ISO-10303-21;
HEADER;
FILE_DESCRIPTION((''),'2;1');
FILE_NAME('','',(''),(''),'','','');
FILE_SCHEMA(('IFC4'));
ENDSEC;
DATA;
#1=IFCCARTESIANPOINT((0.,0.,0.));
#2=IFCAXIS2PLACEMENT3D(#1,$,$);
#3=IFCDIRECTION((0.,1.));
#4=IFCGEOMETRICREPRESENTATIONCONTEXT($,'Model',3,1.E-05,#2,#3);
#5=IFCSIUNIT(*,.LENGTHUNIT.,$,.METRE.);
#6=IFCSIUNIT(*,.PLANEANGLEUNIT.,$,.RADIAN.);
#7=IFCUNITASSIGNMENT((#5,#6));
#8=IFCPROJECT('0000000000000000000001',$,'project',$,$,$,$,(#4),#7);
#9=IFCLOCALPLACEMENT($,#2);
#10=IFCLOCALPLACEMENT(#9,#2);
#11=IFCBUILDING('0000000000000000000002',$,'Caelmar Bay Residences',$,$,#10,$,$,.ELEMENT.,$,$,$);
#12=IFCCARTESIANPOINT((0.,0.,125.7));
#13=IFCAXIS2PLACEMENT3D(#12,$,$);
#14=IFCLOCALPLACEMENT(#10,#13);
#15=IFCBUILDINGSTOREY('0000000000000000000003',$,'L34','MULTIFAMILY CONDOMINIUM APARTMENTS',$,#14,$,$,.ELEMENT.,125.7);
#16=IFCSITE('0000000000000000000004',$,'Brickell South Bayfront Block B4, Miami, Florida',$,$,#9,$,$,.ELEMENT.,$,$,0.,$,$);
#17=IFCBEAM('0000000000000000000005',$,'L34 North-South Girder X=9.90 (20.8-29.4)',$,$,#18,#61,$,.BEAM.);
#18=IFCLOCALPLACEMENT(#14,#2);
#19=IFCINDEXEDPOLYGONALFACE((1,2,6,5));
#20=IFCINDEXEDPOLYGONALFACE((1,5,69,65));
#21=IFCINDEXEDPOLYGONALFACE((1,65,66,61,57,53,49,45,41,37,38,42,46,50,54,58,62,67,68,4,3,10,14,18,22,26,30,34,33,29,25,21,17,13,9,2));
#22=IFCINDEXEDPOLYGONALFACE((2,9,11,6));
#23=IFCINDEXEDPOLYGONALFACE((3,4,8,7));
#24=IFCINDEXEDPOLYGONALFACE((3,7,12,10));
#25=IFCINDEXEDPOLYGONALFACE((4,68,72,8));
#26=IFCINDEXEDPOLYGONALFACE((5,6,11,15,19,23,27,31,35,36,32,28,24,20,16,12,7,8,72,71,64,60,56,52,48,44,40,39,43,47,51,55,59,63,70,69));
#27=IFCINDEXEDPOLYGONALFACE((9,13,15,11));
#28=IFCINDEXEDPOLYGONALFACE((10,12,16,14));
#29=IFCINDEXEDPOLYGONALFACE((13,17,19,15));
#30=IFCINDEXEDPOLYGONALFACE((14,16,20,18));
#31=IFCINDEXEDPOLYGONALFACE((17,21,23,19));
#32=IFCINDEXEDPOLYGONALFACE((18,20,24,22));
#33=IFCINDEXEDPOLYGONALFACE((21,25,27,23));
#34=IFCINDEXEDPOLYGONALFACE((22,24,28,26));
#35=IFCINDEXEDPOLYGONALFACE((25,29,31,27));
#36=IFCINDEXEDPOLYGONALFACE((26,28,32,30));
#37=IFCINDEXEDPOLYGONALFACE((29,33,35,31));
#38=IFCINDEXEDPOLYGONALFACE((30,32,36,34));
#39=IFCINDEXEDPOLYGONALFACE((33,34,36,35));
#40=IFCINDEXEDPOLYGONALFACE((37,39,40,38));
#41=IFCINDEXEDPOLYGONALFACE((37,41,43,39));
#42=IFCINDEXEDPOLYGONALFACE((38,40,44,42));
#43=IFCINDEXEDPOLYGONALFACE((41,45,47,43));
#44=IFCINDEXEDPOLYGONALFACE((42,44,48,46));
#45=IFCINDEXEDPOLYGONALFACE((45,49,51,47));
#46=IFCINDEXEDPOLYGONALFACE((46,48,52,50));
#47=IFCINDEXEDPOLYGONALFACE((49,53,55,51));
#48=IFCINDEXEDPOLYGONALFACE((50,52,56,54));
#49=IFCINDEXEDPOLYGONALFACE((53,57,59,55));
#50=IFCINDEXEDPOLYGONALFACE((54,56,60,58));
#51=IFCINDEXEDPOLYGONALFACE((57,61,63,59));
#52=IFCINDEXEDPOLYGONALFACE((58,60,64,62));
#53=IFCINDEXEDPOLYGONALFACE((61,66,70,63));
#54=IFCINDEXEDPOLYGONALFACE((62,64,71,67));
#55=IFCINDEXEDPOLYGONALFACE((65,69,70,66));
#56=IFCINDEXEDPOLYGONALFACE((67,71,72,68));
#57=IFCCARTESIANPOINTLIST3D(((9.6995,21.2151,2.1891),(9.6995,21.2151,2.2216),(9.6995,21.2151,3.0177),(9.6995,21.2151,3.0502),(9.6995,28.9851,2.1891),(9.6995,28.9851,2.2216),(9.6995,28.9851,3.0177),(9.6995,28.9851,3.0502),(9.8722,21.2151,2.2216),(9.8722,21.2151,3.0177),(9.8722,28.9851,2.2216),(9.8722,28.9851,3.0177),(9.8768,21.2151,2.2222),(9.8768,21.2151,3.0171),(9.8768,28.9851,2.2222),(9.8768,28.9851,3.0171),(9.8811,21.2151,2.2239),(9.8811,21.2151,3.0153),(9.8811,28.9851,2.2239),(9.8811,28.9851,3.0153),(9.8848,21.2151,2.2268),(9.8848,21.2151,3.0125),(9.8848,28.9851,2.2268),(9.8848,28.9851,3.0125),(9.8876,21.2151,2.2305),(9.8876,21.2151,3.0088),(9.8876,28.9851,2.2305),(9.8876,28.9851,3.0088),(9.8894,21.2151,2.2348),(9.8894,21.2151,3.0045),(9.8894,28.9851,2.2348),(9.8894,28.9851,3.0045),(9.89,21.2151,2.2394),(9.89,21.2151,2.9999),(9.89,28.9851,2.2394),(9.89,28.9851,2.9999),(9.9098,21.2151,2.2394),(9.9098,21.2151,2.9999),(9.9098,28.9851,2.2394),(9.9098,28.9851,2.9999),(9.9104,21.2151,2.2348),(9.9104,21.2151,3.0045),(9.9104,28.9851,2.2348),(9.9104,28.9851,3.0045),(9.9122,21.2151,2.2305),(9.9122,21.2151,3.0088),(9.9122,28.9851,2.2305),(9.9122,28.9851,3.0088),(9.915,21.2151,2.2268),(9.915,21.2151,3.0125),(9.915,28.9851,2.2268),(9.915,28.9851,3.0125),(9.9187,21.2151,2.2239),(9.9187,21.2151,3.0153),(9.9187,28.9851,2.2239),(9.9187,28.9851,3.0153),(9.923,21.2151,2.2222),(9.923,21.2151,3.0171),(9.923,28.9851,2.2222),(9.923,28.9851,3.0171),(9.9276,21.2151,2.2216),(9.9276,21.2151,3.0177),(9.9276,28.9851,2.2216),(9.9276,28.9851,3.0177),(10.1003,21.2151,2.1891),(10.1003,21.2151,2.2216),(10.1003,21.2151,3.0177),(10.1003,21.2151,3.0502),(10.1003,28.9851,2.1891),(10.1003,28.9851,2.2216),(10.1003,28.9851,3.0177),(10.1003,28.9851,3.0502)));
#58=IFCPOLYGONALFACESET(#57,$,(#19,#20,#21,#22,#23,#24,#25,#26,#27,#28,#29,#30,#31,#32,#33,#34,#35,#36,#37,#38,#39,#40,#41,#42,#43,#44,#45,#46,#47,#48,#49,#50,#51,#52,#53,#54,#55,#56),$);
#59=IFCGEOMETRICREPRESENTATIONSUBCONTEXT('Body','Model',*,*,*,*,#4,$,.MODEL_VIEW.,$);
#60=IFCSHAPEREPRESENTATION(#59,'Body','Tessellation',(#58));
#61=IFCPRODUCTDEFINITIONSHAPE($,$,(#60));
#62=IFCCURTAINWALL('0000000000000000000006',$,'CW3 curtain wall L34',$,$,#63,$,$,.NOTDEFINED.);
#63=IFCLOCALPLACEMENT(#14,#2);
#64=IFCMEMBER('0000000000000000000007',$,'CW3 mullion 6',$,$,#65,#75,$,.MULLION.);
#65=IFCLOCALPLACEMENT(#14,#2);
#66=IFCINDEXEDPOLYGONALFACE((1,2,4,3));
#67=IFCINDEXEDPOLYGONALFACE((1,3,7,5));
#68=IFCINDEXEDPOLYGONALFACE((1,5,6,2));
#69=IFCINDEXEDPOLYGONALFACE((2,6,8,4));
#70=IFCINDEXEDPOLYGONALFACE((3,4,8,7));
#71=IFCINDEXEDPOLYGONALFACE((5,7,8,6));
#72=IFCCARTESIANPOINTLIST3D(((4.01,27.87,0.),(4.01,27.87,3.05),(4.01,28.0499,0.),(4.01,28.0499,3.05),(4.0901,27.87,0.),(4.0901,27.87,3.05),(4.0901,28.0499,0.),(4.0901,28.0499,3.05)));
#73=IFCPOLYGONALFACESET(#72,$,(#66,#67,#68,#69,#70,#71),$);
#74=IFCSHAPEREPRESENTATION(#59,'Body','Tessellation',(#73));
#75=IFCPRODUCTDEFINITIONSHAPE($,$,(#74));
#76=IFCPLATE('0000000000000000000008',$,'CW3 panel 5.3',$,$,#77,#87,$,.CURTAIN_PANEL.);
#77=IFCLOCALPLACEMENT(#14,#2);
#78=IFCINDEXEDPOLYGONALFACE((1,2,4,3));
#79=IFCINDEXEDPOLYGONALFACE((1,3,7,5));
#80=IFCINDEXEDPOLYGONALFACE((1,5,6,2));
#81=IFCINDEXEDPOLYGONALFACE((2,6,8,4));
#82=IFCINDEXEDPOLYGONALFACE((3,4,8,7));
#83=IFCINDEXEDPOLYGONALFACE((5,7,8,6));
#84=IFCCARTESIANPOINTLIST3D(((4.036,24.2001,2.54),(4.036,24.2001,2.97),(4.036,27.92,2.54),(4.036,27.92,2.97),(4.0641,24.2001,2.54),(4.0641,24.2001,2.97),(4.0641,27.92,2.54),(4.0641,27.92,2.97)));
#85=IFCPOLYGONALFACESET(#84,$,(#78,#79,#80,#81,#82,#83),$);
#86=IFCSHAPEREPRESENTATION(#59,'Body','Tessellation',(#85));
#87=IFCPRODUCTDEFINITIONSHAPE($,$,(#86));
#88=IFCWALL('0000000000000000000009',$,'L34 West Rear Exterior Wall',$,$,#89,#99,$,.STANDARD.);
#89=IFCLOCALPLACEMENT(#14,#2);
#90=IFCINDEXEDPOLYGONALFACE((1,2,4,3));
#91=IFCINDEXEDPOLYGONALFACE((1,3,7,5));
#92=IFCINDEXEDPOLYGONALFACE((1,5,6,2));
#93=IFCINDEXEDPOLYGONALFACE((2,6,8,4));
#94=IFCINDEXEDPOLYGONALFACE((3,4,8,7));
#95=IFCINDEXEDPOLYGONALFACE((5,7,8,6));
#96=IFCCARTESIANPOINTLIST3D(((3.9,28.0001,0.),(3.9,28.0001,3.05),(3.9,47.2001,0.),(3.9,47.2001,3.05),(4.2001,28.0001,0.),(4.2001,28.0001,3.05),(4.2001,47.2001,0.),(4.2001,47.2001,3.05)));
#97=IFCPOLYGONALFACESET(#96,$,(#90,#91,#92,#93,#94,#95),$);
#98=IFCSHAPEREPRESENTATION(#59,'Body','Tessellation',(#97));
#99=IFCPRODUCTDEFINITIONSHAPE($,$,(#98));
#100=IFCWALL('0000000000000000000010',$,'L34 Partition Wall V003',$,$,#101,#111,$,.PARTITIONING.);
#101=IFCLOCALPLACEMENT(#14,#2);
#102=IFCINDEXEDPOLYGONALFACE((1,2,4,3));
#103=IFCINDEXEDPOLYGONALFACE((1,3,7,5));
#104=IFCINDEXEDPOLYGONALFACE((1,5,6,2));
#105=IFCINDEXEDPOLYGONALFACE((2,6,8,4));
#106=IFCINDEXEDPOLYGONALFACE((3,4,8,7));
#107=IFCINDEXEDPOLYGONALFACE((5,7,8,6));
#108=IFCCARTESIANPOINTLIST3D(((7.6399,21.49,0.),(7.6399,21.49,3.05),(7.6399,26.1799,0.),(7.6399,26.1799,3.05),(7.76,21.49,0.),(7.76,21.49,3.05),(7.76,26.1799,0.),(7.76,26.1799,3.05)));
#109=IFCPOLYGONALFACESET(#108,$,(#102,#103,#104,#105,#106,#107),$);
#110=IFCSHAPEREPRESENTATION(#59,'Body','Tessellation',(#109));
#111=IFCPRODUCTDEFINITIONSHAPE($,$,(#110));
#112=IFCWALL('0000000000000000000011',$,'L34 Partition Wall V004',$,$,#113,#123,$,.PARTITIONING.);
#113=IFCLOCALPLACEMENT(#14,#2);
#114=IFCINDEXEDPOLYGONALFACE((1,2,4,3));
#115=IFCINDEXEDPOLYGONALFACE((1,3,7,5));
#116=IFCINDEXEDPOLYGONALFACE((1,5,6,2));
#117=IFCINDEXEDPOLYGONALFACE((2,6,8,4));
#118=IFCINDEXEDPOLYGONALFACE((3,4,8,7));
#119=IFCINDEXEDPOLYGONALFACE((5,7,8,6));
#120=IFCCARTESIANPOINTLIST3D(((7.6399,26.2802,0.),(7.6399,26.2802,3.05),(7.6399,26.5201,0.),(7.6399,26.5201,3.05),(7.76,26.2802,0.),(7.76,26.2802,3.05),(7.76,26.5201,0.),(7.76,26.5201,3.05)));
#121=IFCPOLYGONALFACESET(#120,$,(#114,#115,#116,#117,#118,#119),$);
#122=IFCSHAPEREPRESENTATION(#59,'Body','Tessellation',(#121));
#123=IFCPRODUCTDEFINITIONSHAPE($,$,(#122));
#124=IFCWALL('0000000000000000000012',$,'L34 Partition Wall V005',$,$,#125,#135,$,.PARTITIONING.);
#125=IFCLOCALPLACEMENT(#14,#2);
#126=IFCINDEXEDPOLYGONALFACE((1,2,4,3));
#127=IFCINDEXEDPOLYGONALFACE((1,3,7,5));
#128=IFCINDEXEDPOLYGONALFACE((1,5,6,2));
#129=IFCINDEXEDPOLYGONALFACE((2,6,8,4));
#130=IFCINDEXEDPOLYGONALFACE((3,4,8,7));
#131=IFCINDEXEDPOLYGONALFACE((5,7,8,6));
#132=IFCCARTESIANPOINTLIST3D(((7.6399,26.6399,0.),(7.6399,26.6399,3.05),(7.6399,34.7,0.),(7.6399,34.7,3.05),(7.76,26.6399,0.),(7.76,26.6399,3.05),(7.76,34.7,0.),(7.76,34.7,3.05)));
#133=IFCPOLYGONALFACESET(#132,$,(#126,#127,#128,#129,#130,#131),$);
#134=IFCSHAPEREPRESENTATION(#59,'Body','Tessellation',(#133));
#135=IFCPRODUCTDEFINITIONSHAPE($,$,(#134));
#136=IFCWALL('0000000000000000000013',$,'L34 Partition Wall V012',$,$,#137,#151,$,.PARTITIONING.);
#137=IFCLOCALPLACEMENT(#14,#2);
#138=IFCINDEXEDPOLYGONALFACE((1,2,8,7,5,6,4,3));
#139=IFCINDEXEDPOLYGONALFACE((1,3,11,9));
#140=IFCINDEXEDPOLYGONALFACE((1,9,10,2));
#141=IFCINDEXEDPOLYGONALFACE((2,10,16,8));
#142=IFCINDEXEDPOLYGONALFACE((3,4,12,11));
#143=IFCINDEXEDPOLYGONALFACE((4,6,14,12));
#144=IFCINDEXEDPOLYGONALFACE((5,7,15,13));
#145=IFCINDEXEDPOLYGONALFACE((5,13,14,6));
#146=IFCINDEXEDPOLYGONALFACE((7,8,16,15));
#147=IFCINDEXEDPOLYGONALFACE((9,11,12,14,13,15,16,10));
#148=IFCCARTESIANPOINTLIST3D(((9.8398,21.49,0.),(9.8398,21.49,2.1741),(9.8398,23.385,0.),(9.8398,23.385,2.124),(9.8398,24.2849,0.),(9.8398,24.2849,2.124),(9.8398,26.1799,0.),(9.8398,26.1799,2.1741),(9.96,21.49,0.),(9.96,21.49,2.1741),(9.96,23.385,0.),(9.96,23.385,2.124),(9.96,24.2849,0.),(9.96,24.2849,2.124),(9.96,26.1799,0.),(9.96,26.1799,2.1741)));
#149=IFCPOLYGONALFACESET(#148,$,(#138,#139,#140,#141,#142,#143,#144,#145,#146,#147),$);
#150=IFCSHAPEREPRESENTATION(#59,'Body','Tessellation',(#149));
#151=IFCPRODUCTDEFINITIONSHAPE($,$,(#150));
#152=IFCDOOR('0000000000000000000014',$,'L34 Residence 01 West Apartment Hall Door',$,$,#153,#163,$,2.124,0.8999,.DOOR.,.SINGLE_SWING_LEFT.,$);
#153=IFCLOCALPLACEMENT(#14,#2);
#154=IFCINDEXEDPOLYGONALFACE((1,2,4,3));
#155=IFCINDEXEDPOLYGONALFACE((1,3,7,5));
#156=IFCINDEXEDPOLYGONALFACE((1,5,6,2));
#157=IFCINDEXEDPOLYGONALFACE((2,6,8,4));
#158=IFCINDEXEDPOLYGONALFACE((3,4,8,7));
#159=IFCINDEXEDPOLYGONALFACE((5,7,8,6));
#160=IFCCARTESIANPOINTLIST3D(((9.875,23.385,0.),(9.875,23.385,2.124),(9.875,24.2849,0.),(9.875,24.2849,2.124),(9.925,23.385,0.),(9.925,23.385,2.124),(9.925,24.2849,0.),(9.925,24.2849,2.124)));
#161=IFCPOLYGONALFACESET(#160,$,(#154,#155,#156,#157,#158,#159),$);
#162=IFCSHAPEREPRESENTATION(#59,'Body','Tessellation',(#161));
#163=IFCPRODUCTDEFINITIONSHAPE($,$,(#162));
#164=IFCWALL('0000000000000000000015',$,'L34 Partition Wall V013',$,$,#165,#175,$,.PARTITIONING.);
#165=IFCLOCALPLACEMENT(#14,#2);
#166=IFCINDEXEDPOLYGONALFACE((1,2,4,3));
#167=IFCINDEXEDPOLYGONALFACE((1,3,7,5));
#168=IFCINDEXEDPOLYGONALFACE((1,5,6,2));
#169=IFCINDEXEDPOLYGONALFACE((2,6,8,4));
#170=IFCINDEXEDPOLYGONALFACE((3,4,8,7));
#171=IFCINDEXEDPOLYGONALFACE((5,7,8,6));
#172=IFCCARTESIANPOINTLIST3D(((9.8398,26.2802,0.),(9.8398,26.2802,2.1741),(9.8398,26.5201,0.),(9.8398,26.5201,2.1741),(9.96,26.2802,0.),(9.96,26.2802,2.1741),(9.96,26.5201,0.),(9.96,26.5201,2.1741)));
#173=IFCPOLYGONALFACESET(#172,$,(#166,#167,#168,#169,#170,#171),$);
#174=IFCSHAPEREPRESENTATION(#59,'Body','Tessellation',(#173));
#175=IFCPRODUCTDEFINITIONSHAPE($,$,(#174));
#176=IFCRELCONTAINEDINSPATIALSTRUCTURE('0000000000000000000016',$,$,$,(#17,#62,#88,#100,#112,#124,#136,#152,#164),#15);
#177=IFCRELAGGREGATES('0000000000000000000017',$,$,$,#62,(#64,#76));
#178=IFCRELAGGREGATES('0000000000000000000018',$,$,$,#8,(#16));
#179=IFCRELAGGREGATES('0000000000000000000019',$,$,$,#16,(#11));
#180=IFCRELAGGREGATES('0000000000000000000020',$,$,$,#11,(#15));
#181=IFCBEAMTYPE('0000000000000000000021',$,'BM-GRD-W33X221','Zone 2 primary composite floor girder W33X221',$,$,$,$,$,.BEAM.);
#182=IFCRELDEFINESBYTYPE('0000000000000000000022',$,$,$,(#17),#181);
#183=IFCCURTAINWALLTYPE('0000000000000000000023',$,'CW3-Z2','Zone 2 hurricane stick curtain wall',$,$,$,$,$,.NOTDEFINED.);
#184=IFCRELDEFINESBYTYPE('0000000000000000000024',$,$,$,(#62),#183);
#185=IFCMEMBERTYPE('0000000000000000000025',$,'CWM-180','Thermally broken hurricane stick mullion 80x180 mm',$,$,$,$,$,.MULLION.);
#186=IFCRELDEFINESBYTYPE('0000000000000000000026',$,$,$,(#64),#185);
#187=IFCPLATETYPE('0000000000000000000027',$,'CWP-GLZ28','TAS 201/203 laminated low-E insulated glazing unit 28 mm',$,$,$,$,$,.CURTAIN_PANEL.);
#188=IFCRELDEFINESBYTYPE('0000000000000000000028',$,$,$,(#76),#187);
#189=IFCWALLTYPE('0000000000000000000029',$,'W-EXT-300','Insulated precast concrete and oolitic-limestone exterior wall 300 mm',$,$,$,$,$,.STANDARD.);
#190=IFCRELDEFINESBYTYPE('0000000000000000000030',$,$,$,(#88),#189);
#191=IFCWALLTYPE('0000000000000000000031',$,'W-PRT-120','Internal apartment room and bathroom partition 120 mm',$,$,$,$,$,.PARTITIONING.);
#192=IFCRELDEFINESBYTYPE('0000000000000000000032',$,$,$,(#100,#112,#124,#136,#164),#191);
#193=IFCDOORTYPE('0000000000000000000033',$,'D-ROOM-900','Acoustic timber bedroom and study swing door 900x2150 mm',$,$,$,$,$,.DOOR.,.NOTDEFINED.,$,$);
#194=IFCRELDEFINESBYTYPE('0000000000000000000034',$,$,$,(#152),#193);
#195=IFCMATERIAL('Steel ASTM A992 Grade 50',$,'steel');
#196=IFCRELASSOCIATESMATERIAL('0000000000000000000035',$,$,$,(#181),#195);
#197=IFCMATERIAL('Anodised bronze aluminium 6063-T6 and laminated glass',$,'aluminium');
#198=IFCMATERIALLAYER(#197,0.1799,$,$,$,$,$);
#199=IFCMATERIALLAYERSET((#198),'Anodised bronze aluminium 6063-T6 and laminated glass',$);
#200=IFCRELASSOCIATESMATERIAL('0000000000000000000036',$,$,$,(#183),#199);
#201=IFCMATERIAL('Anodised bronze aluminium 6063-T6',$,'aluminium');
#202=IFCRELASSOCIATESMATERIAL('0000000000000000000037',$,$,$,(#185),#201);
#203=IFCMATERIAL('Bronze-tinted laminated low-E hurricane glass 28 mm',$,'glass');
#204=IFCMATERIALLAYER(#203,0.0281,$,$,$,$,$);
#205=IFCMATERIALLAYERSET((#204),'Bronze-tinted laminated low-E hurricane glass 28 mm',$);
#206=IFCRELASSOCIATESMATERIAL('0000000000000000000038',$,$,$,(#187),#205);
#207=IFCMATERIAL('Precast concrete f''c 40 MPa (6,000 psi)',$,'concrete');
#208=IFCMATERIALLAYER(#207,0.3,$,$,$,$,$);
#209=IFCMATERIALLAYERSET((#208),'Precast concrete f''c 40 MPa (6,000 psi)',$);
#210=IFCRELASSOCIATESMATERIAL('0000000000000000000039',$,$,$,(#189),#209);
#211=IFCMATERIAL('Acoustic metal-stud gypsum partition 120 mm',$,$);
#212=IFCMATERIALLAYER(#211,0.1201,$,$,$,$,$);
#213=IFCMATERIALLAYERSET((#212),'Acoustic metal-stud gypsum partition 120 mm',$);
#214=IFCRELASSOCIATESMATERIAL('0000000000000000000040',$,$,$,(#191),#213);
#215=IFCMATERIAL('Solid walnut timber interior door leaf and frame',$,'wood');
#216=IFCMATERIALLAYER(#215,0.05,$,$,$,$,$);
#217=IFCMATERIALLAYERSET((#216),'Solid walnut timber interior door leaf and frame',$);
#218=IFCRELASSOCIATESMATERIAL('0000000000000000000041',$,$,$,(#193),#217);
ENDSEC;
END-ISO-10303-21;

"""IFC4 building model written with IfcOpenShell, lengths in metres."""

from ifc_helpers import new_model, si_unit, direction, frame, frame_2d, origin, origin_2d, place, context, subcontext, project, spatial, rectangle, i_section, extrude, material, layer, layer_set, material_profile, profile_set, type_object, element, fill, aggregate, save


model = new_model("IFC4")

# Units and contexts
model_context = context("Model", 3, precision=1e-05, world=origin(), true_north=direction((0.0, 1.0)))
body_context = subcontext(model_context, "Body", "Model", "MODEL_VIEW")
ifc_project = project(units=[si_unit("LENGTHUNIT", "METRE"), si_unit("PLANEANGLEUNIT", "RADIAN")], contexts=[model_context])

# Site, building, storey
site_placement = place(None, origin())
site = spatial("IfcSite", under=ifc_project, at=site_placement, Name="Brickell South Bayfront Block B4, Miami, Florida", CompositionType="ELEMENT", RefElevation=0.0)
building_placement = place(site_placement, origin())
building = spatial("IfcBuilding", under=site, at=building_placement, Name="Caelmar Bay Residences", CompositionType="ELEMENT")
storey_placement = place(building_placement, frame((0.0, 0.0, 125.7)))
storey = spatial("IfcBuildingStorey", under=building, at=storey_placement, Name="L34", Description="MULTIFAMILY CONDOMINIUM APARTMENTS", CompositionType="ELEMENT", Elevation=125.7)

# Beam
ifc_material_1 = material(Name="Steel ASTM A992 Grade 50", Category="steel")
ifc_material_profile_1 = material_profile(ifc_material_1, i_section(OverallWidth=0.4009, OverallDepth=0.8611, WebThickness=0.0198, FlangeThickness=0.0325, FilletRadius=0.0178, at=origin_2d()), Name="W33X221")
ifc_profile_set_1 = profile_set([ifc_material_profile_1], Name="Steel ASTM A992 Grade 50")
beam_type = type_object("IfcBeamType", Name="BM-GRD-W33X221", Description="Zone 2 primary composite floor girder W33X221", PredefinedType="BEAM", material=ifc_profile_set_1)
beam_placement = place(storey_placement, frame((9.8999, 21.2151, 2.6196), z_axis=(0.0, 1.0, 0.0), x_axis=(-1.0, 0.0, 0.0)))
element("IfcBeam", 1, at=beam_placement, inside=storey, type_object=beam_type, Name="L34 North-South Girder X=9.90 (20.8-29.4)", PredefinedType="BEAM", context=body_context, shape_type="SweptSolid", body=[
    extrude(i_section(OverallWidth=0.4009, OverallDepth=0.8611, WebThickness=0.0198, FlangeThickness=0.0325, FilletRadius=0.0178, at=origin_2d()), origin(), (0.0, 0.0, 1.0), 7.77),
])

# Curtain wall, member, plate
ifc_material_2 = material(Name="Anodised bronze aluminium 6063-T6 and laminated glass", Category="aluminium")
ifc_layer_1 = layer(ifc_material_2, 0.1799)
ifc_layer_set_1 = layer_set([ifc_layer_1], Name="Anodised bronze aluminium 6063-T6 and laminated glass")
curtain_wall_type = type_object("IfcCurtainWallType", Name="CW3-Z2", Description="Zone 2 hurricane stick curtain wall", PredefinedType="NOTDEFINED", material=ifc_layer_set_1)
curtain_wall_placement = place(storey_placement, origin())
curtain_wall = element("IfcCurtainWall", 2, at=curtain_wall_placement, inside=storey, type_object=curtain_wall_type, Name="CW3 curtain wall L34", PredefinedType="NOTDEFINED")
ifc_material_3 = material(Name="Anodised bronze aluminium 6063-T6", Category="aluminium")
ifc_material_profile_2 = material_profile(ifc_material_3, rectangle(XDim=0.0801, YDim=0.1799, at=origin_2d()), Name="CWM-80X180")
ifc_profile_set_2 = profile_set([ifc_material_profile_2], Name="Anodised bronze aluminium 6063-T6")
member_type = type_object("IfcMemberType", Name="CWM-180", Description="Thermally broken hurricane stick mullion 80x180 mm", PredefinedType="MULLION", material=ifc_profile_set_2)
member_placement = place(storey_placement, frame((4.05, 27.96, 0.0), z_axis=(0.0, 0.0, 1.0), x_axis=(-1.0, 0.0, 0.0)))
member = element("IfcMember", 3, at=member_placement, type_object=member_type, Name="CW3 mullion 6", PredefinedType="MULLION", context=body_context, shape_type="SweptSolid", body=[
    extrude(rectangle(XDim=0.0801, YDim=0.1799, at=origin_2d()), origin(), (0.0, 0.0, 1.0), 3.05),
])
ifc_material_4 = material(Name="Bronze-tinted laminated low-E hurricane glass 28 mm", Category="glass")
ifc_layer_2 = layer(ifc_material_4, 0.0281)
ifc_layer_set_2 = layer_set([ifc_layer_2], Name="Bronze-tinted laminated low-E hurricane glass 28 mm")
plate_type = type_object("IfcPlateType", Name="CWP-GLZ28", Description="TAS 201/203 laminated low-E insulated glazing unit 28 mm", PredefinedType="CURTAIN_PANEL", material=ifc_layer_set_2)
plate_placement = place(storey_placement, frame((4.05, 26.0601, 2.54), z_axis=(0.0, 0.0, 1.0), x_axis=(0.0, 1.0, 0.0)))
plate = element("IfcPlate", 4, at=plate_placement, type_object=plate_type, Name="CW3 panel 5.3", PredefinedType="CURTAIN_PANEL", context=body_context, shape_type="SweptSolid", body=[
    extrude(rectangle(XDim=3.72, YDim=0.0281, at=origin_2d()), origin(), (0.0, 0.0, 1.0), 0.4299),
])
aggregate(curtain_wall, [member, plate])

# Walls
ifc_material_5 = material(Name="Precast concrete f'c 40 MPa (6,000 psi)", Category="concrete")
ifc_layer_3 = layer(ifc_material_5, 0.3)
ifc_layer_set_3 = layer_set([ifc_layer_3], Name="Precast concrete f'c 40 MPa (6,000 psi)")
wall_type_1 = type_object("IfcWallType", Name="W-EXT-300", Description="Insulated precast concrete and oolitic-limestone exterior wall 300 mm", PredefinedType="STANDARD", material=ifc_layer_set_3)
wall_1_placement = place(storey_placement, frame((4.05, 28.0, 0.0), z_axis=(0.0, 0.0, 1.0), x_axis=(0.0, 1.0, 0.0)))
element("IfcWall", 5, at=wall_1_placement, inside=storey, type_object=wall_type_1, Name="L34 West Rear Exterior Wall", PredefinedType="STANDARD", context=body_context, shape_type="SweptSolid", body=[
    extrude(rectangle(XDim=19.2, YDim=0.3, at=frame_2d((9.6001, 0.0))), origin(), (0.0, 0.0, 1.0), 3.05),
])
ifc_material_6 = material(Name="Acoustic metal-stud gypsum partition 120 mm")
ifc_layer_4 = layer(ifc_material_6, 0.1201)
ifc_layer_set_4 = layer_set([ifc_layer_4], Name="Acoustic metal-stud gypsum partition 120 mm")
wall_type_2 = type_object("IfcWallType", Name="W-PRT-120", Description="Internal apartment room and bathroom partition 120 mm", PredefinedType="PARTITIONING", material=ifc_layer_set_4)
wall_2_placement = place(storey_placement, frame((7.7, 21.49, 0.0), z_axis=(0.0, 0.0, 1.0), x_axis=(0.0, 1.0, 0.0)))
element("IfcWall", 6, at=wall_2_placement, inside=storey, type_object=wall_type_2, Name="L34 Partition Wall V003", PredefinedType="PARTITIONING", context=body_context, shape_type="SweptSolid", body=[
    extrude(rectangle(XDim=4.6899, YDim=0.1201, at=frame_2d((2.345, 0.0))), origin(), (0.0, 0.0, 1.0), 3.05),
])
wall_3_placement = place(storey_placement, frame((7.7, 26.28, 0.0), z_axis=(0.0, 0.0, 1.0), x_axis=(0.0, 1.0, 0.0)))
element("IfcWall", 7, at=wall_3_placement, inside=storey, type_object=wall_type_2, Name="L34 Partition Wall V004", PredefinedType="PARTITIONING", context=body_context, shape_type="SweptSolid", body=[
    extrude(rectangle(XDim=0.24, YDim=0.1201, at=frame_2d((0.1201, 0.0))), origin(), (0.0, 0.0, 1.0), 3.05),
])
wall_4_placement = place(storey_placement, frame((7.7, 26.6399, 0.0), z_axis=(0.0, 0.0, 1.0), x_axis=(0.0, 1.0, 0.0)))
element("IfcWall", 8, at=wall_4_placement, inside=storey, type_object=wall_type_2, Name="L34 Partition Wall V005", PredefinedType="PARTITIONING", context=body_context, shape_type="SweptSolid", body=[
    extrude(rectangle(XDim=8.0601, YDim=0.1201, at=frame_2d((4.03, 0.0))), origin(), (0.0, 0.0, 1.0), 3.05),
])

# Wall, opening, door
wall_5_placement = place(storey_placement, frame((9.8999, 21.49, 0.0), z_axis=(0.0, 0.0, 1.0), x_axis=(0.0, 1.0, 0.0)))
wall_5 = element("IfcWall", 9, at=wall_5_placement, inside=storey, type_object=wall_type_2, Name="L34 Partition Wall V012", PredefinedType="PARTITIONING", context=body_context, shape_type="SweptSolid", body=[
    extrude(rectangle(XDim=4.6899, YDim=0.1201, at=frame_2d((2.345, 0.0))), origin(), (0.0, 0.0, 1.0), 2.1741),
])
opening_1_placement = place(wall_5_placement, frame((1.895, 0.0, 0.0)))
opening_1 = element("IfcOpeningElement", 10, at=opening_1_placement, cuts=wall_5, PredefinedType="OPENING", context=body_context, shape_type="SweptSolid", body=[
    extrude(rectangle(XDim=0.8999, YDim=2.124, at=frame_2d((0.45, 1.062))), frame((0.0, 0.0701, 0.0), z_axis=(0.0, -1.0, 0.0), x_axis=(1.0, 0.0, 0.0)), (0.0, 0.0, 1.0), 0.1401),
])
ifc_material_7 = material(Name="Solid walnut timber interior door leaf and frame", Category="wood")
ifc_layer_5 = layer(ifc_material_7, 0.05)
ifc_layer_set_5 = layer_set([ifc_layer_5], Name="Solid walnut timber interior door leaf and frame")
door_type_1 = type_object("IfcDoorType", Name="D-ROOM-900", Description="Acoustic timber bedroom and study swing door 900x2150 mm", OperationType="NOTDEFINED", PredefinedType="DOOR", material=ifc_layer_set_5)
door_1_placement = place(opening_1_placement, origin())
door_1 = element("IfcDoor", 11, at=door_1_placement, inside=storey, type_object=door_type_1, Name="L34 Residence 01 West Apartment Hall Door", OperationType="SINGLE_SWING_LEFT", OverallHeight=2.124, OverallWidth=0.8999, PredefinedType="DOOR", context=body_context, shape_type="SweptSolid", body=[
    extrude(rectangle(XDim=0.8999, YDim=2.124, at=frame_2d((0.45, 1.062))), frame((0.0, 0.0249, 0.0), z_axis=(0.0, -1.0, 0.0), x_axis=(1.0, 0.0, 0.0)), (0.0, 0.0, 1.0), 0.05),
])
fill(opening_1, door_1)

# Wall
wall_6_placement = place(storey_placement, frame((9.8999, 26.28, 0.0), z_axis=(0.0, 0.0, 1.0), x_axis=(0.0, 1.0, 0.0)))
element("IfcWall", 12, at=wall_6_placement, inside=storey, type_object=wall_type_2, Name="L34 Partition Wall V013", PredefinedType="PARTITIONING", context=body_context, shape_type="SweptSolid", body=[
    extrude(rectangle(XDim=0.24, YDim=0.1201, at=frame_2d((0.1201, 0.0))), origin(), (0.0, 0.0, 1.0), 2.1741),
])

save(model, "model.ifc")
